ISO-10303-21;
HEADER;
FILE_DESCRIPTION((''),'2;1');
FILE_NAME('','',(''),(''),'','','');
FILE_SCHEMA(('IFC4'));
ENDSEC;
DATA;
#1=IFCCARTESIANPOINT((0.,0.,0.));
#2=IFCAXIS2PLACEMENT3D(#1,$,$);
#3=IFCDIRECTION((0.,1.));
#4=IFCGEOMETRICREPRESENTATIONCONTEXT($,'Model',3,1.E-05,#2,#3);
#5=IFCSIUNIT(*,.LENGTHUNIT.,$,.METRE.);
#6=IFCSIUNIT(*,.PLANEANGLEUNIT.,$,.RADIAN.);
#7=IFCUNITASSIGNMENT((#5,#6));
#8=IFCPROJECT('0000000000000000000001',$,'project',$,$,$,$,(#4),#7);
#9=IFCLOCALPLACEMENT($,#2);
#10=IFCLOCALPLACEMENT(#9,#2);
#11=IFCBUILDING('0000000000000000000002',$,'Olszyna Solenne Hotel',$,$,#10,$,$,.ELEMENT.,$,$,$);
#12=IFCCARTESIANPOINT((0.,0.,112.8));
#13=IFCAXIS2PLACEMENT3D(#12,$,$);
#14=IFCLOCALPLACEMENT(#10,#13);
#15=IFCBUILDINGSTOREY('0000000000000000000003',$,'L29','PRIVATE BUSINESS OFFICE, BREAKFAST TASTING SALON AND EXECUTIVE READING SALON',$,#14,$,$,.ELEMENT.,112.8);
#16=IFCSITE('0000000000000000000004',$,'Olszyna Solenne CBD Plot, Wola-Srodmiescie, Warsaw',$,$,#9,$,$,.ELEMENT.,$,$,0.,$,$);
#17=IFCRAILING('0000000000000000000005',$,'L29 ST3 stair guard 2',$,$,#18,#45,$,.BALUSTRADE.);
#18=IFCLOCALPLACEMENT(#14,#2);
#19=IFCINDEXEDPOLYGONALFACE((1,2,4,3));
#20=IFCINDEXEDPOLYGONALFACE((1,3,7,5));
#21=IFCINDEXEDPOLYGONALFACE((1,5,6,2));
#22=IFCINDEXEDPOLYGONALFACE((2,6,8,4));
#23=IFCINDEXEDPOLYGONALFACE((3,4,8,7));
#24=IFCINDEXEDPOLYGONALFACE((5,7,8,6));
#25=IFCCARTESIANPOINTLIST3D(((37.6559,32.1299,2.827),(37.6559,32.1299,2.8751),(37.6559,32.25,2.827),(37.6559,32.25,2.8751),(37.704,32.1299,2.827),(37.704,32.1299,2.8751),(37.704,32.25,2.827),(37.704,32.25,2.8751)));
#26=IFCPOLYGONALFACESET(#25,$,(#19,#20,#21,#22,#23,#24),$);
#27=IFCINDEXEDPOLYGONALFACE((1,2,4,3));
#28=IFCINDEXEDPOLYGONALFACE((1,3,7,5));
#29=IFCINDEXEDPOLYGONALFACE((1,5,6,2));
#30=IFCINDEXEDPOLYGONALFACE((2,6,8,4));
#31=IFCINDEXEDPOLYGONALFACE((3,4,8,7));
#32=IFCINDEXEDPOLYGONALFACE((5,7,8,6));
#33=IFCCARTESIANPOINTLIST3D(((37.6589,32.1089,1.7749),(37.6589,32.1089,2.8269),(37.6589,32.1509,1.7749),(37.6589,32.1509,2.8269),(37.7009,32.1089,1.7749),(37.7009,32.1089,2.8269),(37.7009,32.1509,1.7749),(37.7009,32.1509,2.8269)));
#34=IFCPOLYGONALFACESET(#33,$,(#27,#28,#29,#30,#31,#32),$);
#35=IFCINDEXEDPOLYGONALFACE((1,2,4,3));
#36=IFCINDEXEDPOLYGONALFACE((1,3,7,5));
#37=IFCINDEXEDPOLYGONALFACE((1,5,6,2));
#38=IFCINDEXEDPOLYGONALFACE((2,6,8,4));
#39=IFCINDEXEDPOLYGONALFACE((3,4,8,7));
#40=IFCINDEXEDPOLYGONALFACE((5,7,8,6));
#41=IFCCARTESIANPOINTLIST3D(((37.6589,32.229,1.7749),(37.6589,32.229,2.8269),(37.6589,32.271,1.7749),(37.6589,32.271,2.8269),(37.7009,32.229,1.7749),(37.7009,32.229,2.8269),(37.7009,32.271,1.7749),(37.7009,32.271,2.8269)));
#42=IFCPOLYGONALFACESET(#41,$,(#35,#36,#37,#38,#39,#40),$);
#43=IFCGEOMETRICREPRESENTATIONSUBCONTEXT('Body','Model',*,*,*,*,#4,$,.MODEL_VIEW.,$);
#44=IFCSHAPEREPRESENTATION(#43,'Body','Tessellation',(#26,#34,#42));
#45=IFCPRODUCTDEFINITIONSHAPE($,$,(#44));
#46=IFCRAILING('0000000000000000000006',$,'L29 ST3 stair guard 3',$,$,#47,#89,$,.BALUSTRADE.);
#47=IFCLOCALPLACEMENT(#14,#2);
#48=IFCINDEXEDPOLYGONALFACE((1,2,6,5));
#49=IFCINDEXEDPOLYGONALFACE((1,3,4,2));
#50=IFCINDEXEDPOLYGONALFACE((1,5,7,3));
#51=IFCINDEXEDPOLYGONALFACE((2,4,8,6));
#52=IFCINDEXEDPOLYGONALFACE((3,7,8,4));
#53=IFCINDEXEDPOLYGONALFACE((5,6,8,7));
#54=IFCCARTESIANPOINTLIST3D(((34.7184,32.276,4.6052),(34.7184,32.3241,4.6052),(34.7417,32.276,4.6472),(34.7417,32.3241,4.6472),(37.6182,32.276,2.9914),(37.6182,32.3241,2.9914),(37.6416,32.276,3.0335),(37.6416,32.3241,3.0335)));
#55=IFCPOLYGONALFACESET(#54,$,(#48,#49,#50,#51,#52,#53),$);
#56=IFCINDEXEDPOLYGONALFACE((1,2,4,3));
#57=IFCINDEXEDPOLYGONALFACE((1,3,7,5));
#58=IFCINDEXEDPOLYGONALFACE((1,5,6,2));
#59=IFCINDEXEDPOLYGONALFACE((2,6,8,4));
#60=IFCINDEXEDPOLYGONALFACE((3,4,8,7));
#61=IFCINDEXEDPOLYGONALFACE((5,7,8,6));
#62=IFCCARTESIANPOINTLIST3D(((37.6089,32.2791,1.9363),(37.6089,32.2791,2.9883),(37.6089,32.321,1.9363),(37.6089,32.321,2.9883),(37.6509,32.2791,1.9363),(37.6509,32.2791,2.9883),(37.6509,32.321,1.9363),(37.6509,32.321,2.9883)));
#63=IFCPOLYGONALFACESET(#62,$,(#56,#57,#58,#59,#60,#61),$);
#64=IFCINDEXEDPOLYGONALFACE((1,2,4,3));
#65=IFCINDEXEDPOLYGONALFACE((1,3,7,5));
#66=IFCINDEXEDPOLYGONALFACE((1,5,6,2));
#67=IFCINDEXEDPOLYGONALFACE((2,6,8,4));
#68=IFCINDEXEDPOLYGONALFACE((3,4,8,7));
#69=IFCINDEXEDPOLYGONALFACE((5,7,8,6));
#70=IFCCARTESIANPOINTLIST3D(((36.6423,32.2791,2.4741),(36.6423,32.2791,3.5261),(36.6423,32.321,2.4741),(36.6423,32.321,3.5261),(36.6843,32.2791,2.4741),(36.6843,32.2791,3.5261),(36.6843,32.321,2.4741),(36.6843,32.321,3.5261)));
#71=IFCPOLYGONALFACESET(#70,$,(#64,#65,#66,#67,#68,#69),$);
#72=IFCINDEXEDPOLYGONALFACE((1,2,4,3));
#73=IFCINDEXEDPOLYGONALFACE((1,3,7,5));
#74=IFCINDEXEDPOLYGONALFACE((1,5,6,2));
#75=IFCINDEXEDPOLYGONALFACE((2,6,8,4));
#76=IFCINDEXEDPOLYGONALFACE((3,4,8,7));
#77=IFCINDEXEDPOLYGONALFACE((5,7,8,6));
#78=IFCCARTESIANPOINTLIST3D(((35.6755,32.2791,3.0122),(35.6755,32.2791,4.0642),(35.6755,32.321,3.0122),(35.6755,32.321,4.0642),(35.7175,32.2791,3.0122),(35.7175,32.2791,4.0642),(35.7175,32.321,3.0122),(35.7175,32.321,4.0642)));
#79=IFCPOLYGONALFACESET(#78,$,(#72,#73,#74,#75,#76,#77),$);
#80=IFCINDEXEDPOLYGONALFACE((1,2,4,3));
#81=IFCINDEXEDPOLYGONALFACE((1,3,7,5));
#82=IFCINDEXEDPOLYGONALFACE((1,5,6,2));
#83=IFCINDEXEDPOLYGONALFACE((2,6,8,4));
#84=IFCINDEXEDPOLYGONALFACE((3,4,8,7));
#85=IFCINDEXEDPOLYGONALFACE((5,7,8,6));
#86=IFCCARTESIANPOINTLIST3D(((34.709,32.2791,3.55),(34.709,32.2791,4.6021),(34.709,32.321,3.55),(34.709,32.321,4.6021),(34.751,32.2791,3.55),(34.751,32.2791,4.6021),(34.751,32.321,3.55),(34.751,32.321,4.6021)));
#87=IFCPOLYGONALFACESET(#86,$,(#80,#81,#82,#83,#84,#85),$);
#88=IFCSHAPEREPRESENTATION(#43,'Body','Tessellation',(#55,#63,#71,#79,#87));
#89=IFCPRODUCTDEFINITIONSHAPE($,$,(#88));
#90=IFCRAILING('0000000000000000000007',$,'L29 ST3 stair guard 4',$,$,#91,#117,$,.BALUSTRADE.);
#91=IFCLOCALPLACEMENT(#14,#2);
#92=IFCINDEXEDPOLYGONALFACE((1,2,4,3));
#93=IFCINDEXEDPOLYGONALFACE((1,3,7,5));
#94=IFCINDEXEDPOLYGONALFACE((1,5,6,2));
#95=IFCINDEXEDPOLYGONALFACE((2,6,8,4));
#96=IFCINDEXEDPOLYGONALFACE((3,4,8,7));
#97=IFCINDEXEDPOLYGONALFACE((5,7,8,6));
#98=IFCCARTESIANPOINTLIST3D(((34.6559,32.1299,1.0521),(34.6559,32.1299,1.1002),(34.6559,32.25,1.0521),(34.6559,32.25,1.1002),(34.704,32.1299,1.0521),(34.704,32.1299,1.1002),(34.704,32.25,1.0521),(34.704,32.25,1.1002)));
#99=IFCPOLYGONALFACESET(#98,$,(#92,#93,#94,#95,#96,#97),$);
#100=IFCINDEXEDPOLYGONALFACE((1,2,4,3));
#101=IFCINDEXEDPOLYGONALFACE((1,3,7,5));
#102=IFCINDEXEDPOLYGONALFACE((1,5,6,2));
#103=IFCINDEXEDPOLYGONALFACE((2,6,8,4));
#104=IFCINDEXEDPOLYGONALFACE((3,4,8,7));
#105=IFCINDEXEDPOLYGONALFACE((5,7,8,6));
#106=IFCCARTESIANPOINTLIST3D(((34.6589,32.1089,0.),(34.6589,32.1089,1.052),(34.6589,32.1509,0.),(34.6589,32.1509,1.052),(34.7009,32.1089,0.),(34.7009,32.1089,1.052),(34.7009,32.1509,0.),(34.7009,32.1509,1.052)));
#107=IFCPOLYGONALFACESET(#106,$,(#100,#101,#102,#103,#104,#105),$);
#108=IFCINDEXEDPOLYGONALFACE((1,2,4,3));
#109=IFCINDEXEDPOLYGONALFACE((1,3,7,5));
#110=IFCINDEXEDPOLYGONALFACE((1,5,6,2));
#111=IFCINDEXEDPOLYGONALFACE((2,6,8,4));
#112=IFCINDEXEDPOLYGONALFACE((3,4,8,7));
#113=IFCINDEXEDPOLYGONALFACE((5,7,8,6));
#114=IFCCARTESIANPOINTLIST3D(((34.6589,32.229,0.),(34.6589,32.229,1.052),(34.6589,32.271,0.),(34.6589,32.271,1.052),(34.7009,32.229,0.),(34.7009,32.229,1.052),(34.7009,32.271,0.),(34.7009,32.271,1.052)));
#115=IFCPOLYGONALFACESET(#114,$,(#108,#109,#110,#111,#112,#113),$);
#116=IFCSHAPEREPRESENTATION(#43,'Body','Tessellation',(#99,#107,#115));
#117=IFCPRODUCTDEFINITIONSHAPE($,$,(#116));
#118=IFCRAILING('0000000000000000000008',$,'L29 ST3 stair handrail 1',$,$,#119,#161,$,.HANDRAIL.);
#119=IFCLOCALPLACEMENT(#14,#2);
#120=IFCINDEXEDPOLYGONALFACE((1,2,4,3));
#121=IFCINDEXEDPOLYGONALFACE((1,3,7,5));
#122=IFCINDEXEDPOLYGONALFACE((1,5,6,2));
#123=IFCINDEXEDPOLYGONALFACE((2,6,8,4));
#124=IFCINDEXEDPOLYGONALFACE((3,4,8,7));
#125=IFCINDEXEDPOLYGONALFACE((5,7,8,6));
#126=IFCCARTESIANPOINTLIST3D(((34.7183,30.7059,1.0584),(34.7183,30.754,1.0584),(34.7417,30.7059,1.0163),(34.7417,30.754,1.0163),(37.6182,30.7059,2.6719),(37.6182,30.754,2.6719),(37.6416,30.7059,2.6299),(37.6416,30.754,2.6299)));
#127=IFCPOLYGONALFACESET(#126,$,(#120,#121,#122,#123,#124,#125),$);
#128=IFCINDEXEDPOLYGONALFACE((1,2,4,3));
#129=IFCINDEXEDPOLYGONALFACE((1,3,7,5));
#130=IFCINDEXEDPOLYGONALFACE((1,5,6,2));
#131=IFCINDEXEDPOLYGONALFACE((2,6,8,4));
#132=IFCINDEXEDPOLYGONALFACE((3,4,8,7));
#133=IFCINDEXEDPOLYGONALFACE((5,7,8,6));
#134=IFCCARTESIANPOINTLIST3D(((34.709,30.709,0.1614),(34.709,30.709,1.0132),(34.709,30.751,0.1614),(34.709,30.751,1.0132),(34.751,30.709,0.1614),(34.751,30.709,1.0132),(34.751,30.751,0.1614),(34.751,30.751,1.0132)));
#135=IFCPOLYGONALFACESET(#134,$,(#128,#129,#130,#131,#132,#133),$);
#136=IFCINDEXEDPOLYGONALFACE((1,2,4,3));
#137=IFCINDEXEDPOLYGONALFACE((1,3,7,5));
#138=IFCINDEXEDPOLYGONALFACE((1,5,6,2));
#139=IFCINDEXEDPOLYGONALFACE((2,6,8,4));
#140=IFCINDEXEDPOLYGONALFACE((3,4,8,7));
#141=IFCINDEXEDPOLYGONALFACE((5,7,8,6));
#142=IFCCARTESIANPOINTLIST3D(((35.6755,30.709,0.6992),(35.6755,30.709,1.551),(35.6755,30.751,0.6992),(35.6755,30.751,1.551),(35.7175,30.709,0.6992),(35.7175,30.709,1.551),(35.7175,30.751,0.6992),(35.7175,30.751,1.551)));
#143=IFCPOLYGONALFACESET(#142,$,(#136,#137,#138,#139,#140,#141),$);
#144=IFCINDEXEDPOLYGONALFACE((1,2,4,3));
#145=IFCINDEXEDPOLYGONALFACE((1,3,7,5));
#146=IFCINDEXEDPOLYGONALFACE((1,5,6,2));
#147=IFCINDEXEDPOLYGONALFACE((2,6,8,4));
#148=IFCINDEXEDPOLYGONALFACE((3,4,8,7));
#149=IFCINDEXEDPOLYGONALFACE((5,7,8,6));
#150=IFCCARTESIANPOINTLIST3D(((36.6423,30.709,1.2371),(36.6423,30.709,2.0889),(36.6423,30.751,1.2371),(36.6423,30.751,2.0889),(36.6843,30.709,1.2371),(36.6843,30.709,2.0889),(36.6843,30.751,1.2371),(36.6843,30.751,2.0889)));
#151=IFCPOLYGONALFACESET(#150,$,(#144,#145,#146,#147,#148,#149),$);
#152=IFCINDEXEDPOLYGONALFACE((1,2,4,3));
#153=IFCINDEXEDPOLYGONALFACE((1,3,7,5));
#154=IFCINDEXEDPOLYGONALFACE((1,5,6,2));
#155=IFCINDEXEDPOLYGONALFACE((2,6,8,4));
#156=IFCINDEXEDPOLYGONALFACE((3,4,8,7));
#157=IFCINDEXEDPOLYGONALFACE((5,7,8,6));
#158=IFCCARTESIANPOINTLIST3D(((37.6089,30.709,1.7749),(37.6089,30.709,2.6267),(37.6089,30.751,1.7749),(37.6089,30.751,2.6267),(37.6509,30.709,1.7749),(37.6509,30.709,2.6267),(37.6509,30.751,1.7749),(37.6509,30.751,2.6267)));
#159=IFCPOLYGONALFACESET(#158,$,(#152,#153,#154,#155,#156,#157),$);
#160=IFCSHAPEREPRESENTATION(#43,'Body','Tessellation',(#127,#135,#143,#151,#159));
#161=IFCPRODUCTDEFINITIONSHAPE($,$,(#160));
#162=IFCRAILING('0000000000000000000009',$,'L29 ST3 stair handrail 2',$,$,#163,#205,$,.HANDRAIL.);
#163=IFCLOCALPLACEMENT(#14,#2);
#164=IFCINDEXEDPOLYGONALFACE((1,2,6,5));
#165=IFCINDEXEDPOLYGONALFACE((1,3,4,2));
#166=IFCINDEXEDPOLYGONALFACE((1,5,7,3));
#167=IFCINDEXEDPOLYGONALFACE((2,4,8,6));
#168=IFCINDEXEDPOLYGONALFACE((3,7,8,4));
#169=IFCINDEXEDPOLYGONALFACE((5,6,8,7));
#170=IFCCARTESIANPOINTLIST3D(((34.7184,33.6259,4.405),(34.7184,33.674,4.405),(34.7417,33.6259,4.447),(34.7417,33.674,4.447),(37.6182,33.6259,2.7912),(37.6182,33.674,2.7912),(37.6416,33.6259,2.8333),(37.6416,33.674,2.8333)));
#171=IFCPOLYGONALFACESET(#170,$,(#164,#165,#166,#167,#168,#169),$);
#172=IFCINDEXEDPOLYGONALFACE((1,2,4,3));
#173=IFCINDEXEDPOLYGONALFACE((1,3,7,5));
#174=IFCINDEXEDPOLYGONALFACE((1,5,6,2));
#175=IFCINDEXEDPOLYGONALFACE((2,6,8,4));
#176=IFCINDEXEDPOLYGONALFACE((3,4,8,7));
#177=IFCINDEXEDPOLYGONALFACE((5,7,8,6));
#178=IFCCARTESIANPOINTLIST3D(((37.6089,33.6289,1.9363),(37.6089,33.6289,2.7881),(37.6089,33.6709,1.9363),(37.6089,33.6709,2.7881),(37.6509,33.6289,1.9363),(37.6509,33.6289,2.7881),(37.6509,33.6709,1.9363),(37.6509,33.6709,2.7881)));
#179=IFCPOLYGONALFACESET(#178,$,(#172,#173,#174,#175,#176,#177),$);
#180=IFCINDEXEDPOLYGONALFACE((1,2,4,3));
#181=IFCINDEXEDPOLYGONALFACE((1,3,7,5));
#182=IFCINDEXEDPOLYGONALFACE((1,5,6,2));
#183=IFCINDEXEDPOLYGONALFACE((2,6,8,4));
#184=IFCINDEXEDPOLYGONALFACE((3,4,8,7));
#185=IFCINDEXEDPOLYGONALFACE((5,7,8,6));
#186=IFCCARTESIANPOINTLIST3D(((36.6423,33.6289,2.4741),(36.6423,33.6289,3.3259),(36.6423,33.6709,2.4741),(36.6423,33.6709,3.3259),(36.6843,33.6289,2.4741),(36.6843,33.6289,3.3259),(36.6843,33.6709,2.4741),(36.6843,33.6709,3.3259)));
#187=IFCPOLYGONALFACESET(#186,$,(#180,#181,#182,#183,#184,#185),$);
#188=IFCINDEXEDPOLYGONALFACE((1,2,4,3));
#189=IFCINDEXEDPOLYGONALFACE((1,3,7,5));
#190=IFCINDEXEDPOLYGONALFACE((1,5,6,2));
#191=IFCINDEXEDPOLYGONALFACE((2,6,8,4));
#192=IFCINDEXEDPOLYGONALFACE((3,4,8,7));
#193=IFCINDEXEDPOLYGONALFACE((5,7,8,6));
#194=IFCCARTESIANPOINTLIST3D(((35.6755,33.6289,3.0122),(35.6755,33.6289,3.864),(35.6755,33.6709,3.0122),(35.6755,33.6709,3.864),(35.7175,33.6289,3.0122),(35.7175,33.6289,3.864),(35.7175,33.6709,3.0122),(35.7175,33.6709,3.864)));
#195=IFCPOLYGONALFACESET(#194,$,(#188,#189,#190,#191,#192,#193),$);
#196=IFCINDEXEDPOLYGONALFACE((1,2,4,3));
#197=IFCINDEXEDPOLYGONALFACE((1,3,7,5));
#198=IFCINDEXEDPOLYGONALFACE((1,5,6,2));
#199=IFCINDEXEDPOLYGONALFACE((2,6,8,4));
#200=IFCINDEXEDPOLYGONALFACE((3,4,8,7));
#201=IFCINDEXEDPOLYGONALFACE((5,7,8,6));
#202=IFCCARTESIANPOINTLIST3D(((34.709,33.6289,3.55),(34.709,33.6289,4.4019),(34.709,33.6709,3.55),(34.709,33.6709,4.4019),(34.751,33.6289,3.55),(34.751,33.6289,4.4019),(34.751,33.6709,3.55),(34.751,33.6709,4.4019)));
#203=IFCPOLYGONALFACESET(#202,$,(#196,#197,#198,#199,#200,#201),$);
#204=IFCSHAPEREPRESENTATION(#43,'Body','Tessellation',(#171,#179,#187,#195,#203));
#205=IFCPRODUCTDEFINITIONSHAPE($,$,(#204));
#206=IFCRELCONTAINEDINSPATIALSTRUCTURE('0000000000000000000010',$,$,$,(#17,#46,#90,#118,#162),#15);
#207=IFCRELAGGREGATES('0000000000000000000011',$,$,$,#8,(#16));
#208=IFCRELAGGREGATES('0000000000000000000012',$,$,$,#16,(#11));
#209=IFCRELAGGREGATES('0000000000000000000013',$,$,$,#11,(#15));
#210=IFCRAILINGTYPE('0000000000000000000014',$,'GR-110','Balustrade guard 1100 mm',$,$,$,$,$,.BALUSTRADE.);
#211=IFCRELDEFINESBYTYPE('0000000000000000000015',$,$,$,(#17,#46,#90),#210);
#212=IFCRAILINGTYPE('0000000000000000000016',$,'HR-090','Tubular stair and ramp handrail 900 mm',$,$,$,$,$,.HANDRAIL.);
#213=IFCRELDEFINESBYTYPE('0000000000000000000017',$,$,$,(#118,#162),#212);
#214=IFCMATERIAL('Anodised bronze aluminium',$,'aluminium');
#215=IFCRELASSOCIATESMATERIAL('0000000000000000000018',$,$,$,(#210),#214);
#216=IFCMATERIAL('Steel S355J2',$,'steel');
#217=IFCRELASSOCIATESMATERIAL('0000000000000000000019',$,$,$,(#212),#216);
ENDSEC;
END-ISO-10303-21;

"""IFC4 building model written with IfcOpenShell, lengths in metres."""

from ifc_helpers import new_model, si_unit, direction, frame, origin, origin_2d, place, context, subcontext, project, spatial, rectangle, extrude, material, type_object, element, save


model = new_model("IFC4")

# Units and contexts
model_context = context("Model", 3, precision=1e-05, world=origin(), true_north=direction((0.0, 1.0)))
body_context = subcontext(model_context, "Body", "Model", "MODEL_VIEW")
ifc_project = project(units=[si_unit("LENGTHUNIT", "METRE"), si_unit("PLANEANGLEUNIT", "RADIAN")], contexts=[model_context])

# Site, building, storey
site_placement = place(None, origin())
site = spatial("IfcSite", under=ifc_project, at=site_placement, Name="Olszyna Solenne CBD Plot, Wola-Srodmiescie, Warsaw", CompositionType="ELEMENT", RefElevation=0.0)
building_placement = place(site_placement, origin())
building = spatial("IfcBuilding", under=site, at=building_placement, Name="Olszyna Solenne Hotel", CompositionType="ELEMENT")
storey_placement = place(building_placement, frame((0.0, 0.0, 112.8)))
storey = spatial("IfcBuildingStorey", under=building, at=storey_placement, Name="L29", Description="PRIVATE BUSINESS OFFICE, BREAKFAST TASTING SALON AND EXECUTIVE READING SALON", CompositionType="ELEMENT", Elevation=112.8)

# Shared definitions
ifc_material_1 = material(Name="Anodised bronze aluminium", Category="aluminium")

# Shared definitions
ifc_material_2 = material(Name="Steel S355J2", Category="steel")

# Railings
railing_type_1 = type_object("IfcRailingType", Name="GR-110", Description="Balustrade guard 1100 mm", PredefinedType="BALUSTRADE", material=ifc_material_1)
railing_1_placement = place(storey_placement, frame((37.6799, 32.1299, 1.7749)))
element("IfcRailing", 1, at=railing_1_placement, inside=storey, type_object=railing_type_1, Name="L29 ST3 stair guard 2", PredefinedType="BALUSTRADE", context=body_context, shape_type="SweptSolid", body=[
    extrude(rectangle(XDim=0.0481, YDim=0.0481, at=origin_2d()), frame((0.0, 0.0, 1.0762), z_axis=(0.0, 1.0, 0.0), x_axis=(-1.0, 0.0, 0.0)), (0.0, 0.0, 1.0), 0.1201),
    extrude(rectangle(XDim=0.042, YDim=0.042, at=origin_2d()), origin(), (0.0, 0.0, 1.0), 1.052),
    extrude(rectangle(XDim=0.042, YDim=0.042, at=origin_2d()), frame((0.0, 0.1201, 0.0)), (0.0, 0.0, 1.0), 1.052),
])
railing_2_placement = place(storey_placement, frame((37.6299, 32.3, 1.9363)))
element("IfcRailing", 2, at=railing_2_placement, inside=storey, type_object=railing_type_1, Name="L29 ST3 stair guard 3", PredefinedType="BALUSTRADE", context=body_context, shape_type="SweptSolid", body=[
    extrude(rectangle(XDim=0.0481, YDim=0.0481, at=origin_2d()), frame((0.0, 0.0, 1.0762), z_axis=(-0.87381, 0.0, 0.486267), x_axis=(0.0, -1.0, 0.0)), (0.0, 0.0, 1.0), 3.3186),
    extrude(rectangle(XDim=0.042, YDim=0.042, at=origin_2d()), origin(), (0.0, 0.0, 1.0), 1.052),
    extrude(rectangle(XDim=0.042, YDim=0.042, at=origin_2d()), frame((-0.9666, 0.0, 0.5378)), (0.0, 0.0, 1.0), 1.052),
    extrude(rectangle(XDim=0.042, YDim=0.042, at=origin_2d()), frame((-1.9333, 0.0, 1.0759)), (0.0, 0.0, 1.0), 1.052),
    extrude(rectangle(XDim=0.042, YDim=0.042, at=origin_2d()), frame((-2.8999, 0.0, 1.6138)), (0.0, 0.0, 1.0), 1.052),
])
railing_3_placement = place(storey_placement, frame((34.6799, 32.1299, 0.0)))
element("IfcRailing", 3, at=railing_3_placement, inside=storey, type_object=railing_type_1, Name="L29 ST3 stair guard 4", PredefinedType="BALUSTRADE", context=body_context, shape_type="SweptSolid", body=[
    extrude(rectangle(XDim=0.0481, YDim=0.0481, at=origin_2d()), frame((0.0, 0.0, 1.0762), z_axis=(0.0, 1.0, 0.0), x_axis=(-1.0, 0.0, 0.0)), (0.0, 0.0, 1.0), 0.1201),
    extrude(rectangle(XDim=0.042, YDim=0.042, at=origin_2d()), origin(), (0.0, 0.0, 1.0), 1.052),
    extrude(rectangle(XDim=0.042, YDim=0.042, at=origin_2d()), frame((0.0, 0.1201, 0.0)), (0.0, 0.0, 1.0), 1.052),
])
railing_type_2 = type_object("IfcRailingType", Name="HR-090", Description="Tubular stair and ramp handrail 900 mm", PredefinedType="HANDRAIL", material=ifc_material_2)
railing_4_placement = place(storey_placement, frame((34.73, 30.73, 0.1614)))
element("IfcRailing", 4, at=railing_4_placement, inside=storey, type_object=railing_type_2, Name="L29 ST3 stair handrail 1", PredefinedType="HANDRAIL", context=body_context, shape_type="SweptSolid", body=[
    extrude(rectangle(XDim=0.0481, YDim=0.0481, at=origin_2d()), frame((0.0, 0.0, 0.876), z_axis=(0.873841, 0.0, 0.486211), x_axis=(0.0, 1.0, 0.0)), (0.0, 0.0, 1.0), 3.3186),
    extrude(rectangle(XDim=0.042, YDim=0.042, at=origin_2d()), origin(), (0.0, 0.0, 1.0), 0.8518),
    extrude(rectangle(XDim=0.042, YDim=0.042, at=origin_2d()), frame((0.9666, 0.0, 0.5378)), (0.0, 0.0, 1.0), 0.8518),
    extrude(rectangle(XDim=0.042, YDim=0.042, at=origin_2d()), frame((1.9333, 0.0, 1.0757)), (0.0, 0.0, 1.0), 0.8518),
    extrude(rectangle(XDim=0.042, YDim=0.042, at=origin_2d()), frame((2.8999, 0.0, 1.6135)), (0.0, 0.0, 1.0), 0.8518),
])
railing_5_placement = place(storey_placement, frame((37.6299, 33.6499, 1.9363)))
element("IfcRailing", 5, at=railing_5_placement, inside=storey, type_object=railing_type_2, Name="L29 ST3 stair handrail 2", PredefinedType="HANDRAIL", context=body_context, shape_type="SweptSolid", body=[
    extrude(rectangle(XDim=0.0481, YDim=0.0481, at=origin_2d()), frame((0.0, 0.0, 0.876), z_axis=(-0.87381, 0.0, 0.486267), x_axis=(0.0, -1.0, 0.0)), (0.0, 0.0, 1.0), 3.3186),
    extrude(rectangle(XDim=0.042, YDim=0.042, at=origin_2d()), origin(), (0.0, 0.0, 1.0), 0.8518),
    extrude(rectangle(XDim=0.042, YDim=0.042, at=origin_2d()), frame((-0.9666, 0.0, 0.5378)), (0.0, 0.0, 1.0), 0.8518),
    extrude(rectangle(XDim=0.042, YDim=0.042, at=origin_2d()), frame((-1.9333, 0.0, 1.0759)), (0.0, 0.0, 1.0), 0.8518),
    extrude(rectangle(XDim=0.042, YDim=0.042, at=origin_2d()), frame((-2.8999, 0.0, 1.6138)), (0.0, 0.0, 1.0), 0.8518),
])

save(model, "model.ifc")
